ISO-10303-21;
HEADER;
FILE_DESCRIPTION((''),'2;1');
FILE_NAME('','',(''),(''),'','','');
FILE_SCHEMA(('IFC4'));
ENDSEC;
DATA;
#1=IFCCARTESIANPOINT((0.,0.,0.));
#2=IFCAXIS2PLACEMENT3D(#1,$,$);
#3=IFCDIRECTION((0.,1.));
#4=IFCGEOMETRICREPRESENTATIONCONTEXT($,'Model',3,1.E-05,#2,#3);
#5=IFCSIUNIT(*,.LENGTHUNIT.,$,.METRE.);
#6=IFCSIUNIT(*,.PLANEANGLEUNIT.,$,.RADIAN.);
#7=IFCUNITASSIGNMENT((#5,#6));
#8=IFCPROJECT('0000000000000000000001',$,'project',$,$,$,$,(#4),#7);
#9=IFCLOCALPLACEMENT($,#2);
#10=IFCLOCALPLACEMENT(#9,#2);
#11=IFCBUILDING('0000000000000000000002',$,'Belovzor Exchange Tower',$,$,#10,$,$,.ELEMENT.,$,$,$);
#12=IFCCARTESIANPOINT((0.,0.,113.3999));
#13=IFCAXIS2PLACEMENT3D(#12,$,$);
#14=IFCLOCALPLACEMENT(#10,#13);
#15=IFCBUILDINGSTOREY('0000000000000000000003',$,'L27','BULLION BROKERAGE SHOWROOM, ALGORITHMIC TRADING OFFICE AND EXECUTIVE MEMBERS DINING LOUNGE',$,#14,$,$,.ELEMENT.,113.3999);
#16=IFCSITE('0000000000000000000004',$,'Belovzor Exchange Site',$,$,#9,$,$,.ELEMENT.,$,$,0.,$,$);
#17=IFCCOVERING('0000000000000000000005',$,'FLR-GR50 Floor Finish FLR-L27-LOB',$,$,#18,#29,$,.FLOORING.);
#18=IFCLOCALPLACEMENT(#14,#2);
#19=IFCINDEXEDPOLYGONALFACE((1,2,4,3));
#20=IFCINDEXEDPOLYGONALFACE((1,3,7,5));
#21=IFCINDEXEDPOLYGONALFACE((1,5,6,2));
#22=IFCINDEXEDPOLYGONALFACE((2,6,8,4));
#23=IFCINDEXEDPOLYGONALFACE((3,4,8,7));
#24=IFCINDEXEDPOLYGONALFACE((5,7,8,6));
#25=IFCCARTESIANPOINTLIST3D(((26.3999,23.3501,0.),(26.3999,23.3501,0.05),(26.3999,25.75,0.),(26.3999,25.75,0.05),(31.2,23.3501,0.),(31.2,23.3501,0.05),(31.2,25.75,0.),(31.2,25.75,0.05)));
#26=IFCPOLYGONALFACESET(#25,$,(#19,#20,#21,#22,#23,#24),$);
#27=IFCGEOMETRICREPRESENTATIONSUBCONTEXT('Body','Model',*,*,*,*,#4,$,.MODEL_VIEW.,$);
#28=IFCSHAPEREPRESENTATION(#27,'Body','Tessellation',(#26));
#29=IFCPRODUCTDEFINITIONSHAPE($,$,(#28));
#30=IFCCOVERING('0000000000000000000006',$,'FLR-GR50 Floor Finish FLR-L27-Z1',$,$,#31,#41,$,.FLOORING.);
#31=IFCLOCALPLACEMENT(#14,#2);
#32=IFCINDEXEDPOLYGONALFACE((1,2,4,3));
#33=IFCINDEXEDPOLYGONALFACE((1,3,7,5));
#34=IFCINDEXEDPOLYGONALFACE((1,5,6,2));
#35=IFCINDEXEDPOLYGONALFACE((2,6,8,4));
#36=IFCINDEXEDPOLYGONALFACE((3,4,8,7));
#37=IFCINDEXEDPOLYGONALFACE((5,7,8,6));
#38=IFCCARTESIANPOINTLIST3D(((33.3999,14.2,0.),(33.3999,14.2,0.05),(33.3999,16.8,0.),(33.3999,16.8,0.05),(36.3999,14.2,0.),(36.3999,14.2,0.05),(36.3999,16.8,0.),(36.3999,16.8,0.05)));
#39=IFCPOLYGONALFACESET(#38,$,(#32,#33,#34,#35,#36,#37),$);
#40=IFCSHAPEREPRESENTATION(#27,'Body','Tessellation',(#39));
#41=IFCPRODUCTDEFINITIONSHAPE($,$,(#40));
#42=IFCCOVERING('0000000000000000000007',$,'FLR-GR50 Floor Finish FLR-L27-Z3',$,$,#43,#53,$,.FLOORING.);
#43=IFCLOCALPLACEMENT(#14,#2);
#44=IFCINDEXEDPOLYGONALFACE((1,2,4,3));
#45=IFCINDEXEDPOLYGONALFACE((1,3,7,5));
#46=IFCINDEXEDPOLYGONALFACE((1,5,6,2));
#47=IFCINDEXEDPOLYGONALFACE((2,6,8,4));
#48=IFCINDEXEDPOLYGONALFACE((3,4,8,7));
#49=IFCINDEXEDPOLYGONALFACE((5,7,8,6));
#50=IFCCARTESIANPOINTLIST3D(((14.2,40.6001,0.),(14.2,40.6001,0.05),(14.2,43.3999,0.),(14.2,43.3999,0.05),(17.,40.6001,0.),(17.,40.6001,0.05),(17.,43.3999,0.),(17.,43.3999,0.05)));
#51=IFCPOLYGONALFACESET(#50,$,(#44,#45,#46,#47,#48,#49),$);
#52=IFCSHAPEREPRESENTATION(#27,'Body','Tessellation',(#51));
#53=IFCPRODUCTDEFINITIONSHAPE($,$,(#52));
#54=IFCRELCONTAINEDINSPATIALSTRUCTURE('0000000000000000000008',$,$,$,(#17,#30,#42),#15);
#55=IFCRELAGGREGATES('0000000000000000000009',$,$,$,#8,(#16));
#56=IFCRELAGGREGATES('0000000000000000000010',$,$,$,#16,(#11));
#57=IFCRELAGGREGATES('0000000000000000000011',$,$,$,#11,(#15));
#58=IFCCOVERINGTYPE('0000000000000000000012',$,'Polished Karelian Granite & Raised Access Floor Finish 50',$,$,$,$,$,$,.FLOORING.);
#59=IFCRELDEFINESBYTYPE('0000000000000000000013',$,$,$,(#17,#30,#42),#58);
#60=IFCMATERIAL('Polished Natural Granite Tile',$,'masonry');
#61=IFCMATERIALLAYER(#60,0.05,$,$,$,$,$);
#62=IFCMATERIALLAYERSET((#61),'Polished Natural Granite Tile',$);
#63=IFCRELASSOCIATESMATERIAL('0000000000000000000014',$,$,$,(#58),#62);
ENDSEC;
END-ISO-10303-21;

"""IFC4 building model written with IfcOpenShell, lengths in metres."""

from ifc_helpers import new_model, si_unit, direction, frame, origin, place, context, subcontext, project, spatial, polyline, outline, extrude, material, layer, layer_set, type_object, element, save


model = new_model("IFC4")

# Units and contexts
model_context = context("Model", 3, precision=1e-05, world=origin(), true_north=direction((0.0, 1.0)))
body_context = subcontext(model_context, "Body", "Model", "MODEL_VIEW")
ifc_project = project(units=[si_unit("LENGTHUNIT", "METRE"), si_unit("PLANEANGLEUNIT", "RADIAN")], contexts=[model_context])

# Site, building, storey
site_placement = place(None, origin())
site = spatial("IfcSite", under=ifc_project, at=site_placement, Name="Belovzor Exchange Site", CompositionType="ELEMENT", RefElevation=0.0)
building_placement = place(site_placement, origin())
building = spatial("IfcBuilding", under=site, at=building_placement, Name="Belovzor Exchange Tower", CompositionType="ELEMENT")
storey_placement = place(building_placement, frame((0.0, 0.0, 113.3999)))
storey = spatial("IfcBuildingStorey", under=building, at=storey_placement, Name="L27", Description="BULLION BROKERAGE SHOWROOM, ALGORITHMIC TRADING OFFICE AND EXECUTIVE MEMBERS DINING LOUNGE", CompositionType="ELEMENT", Elevation=113.3999)

# Coverings
ifc_material_1 = material(Name="Polished Natural Granite Tile", Category="masonry")
ifc_layer_1 = layer(ifc_material_1, 0.05)
ifc_layer_set_1 = layer_set([ifc_layer_1], Name="Polished Natural Granite Tile")
covering_type_1 = type_object("IfcCoveringType", Name="Polished Karelian Granite & Raised Access Floor Finish 50", PredefinedType="FLOORING", material=ifc_layer_set_1)
covering_1_placement = place(storey_placement, origin())
element("IfcCovering", 1, at=covering_1_placement, inside=storey, type_object=covering_type_1, Name="FLR-GR50 Floor Finish FLR-L27-LOB", PredefinedType="FLOORING", context=body_context, shape_type="SweptSolid", body=[
    extrude(outline(polyline([(26.3999, 23.3501), (31.2, 23.3501), (31.2, 25.75), (26.3999, 25.75), (26.3999, 23.3501)])), origin(), (0.0, 0.0, 1.0), 0.05),
])
covering_2_placement = place(storey_placement, origin())
element("IfcCovering", 2, at=covering_2_placement, inside=storey, type_object=covering_type_1, Name="FLR-GR50 Floor Finish FLR-L27-Z1", PredefinedType="FLOORING", context=body_context, shape_type="SweptSolid", body=[
    extrude(outline(polyline([(33.3999, 14.2), (36.3999, 14.2), (36.3999, 16.8), (33.3999, 16.8), (33.3999, 14.2)])), origin(), (0.0, 0.0, 1.0), 0.05),
])
covering_3_placement = place(storey_placement, origin())
element("IfcCovering", 3, at=covering_3_placement, inside=storey, type_object=covering_type_1, Name="FLR-GR50 Floor Finish FLR-L27-Z3", PredefinedType="FLOORING", context=body_context, shape_type="SweptSolid", body=[
    extrude(outline(polyline([(14.2, 40.6001), (17.0, 40.6001), (17.0, 43.3999), (14.2, 43.3999), (14.2, 40.6001)])), origin(), (0.0, 0.0, 1.0), 0.05),
])

save(model, "model.ifc")
